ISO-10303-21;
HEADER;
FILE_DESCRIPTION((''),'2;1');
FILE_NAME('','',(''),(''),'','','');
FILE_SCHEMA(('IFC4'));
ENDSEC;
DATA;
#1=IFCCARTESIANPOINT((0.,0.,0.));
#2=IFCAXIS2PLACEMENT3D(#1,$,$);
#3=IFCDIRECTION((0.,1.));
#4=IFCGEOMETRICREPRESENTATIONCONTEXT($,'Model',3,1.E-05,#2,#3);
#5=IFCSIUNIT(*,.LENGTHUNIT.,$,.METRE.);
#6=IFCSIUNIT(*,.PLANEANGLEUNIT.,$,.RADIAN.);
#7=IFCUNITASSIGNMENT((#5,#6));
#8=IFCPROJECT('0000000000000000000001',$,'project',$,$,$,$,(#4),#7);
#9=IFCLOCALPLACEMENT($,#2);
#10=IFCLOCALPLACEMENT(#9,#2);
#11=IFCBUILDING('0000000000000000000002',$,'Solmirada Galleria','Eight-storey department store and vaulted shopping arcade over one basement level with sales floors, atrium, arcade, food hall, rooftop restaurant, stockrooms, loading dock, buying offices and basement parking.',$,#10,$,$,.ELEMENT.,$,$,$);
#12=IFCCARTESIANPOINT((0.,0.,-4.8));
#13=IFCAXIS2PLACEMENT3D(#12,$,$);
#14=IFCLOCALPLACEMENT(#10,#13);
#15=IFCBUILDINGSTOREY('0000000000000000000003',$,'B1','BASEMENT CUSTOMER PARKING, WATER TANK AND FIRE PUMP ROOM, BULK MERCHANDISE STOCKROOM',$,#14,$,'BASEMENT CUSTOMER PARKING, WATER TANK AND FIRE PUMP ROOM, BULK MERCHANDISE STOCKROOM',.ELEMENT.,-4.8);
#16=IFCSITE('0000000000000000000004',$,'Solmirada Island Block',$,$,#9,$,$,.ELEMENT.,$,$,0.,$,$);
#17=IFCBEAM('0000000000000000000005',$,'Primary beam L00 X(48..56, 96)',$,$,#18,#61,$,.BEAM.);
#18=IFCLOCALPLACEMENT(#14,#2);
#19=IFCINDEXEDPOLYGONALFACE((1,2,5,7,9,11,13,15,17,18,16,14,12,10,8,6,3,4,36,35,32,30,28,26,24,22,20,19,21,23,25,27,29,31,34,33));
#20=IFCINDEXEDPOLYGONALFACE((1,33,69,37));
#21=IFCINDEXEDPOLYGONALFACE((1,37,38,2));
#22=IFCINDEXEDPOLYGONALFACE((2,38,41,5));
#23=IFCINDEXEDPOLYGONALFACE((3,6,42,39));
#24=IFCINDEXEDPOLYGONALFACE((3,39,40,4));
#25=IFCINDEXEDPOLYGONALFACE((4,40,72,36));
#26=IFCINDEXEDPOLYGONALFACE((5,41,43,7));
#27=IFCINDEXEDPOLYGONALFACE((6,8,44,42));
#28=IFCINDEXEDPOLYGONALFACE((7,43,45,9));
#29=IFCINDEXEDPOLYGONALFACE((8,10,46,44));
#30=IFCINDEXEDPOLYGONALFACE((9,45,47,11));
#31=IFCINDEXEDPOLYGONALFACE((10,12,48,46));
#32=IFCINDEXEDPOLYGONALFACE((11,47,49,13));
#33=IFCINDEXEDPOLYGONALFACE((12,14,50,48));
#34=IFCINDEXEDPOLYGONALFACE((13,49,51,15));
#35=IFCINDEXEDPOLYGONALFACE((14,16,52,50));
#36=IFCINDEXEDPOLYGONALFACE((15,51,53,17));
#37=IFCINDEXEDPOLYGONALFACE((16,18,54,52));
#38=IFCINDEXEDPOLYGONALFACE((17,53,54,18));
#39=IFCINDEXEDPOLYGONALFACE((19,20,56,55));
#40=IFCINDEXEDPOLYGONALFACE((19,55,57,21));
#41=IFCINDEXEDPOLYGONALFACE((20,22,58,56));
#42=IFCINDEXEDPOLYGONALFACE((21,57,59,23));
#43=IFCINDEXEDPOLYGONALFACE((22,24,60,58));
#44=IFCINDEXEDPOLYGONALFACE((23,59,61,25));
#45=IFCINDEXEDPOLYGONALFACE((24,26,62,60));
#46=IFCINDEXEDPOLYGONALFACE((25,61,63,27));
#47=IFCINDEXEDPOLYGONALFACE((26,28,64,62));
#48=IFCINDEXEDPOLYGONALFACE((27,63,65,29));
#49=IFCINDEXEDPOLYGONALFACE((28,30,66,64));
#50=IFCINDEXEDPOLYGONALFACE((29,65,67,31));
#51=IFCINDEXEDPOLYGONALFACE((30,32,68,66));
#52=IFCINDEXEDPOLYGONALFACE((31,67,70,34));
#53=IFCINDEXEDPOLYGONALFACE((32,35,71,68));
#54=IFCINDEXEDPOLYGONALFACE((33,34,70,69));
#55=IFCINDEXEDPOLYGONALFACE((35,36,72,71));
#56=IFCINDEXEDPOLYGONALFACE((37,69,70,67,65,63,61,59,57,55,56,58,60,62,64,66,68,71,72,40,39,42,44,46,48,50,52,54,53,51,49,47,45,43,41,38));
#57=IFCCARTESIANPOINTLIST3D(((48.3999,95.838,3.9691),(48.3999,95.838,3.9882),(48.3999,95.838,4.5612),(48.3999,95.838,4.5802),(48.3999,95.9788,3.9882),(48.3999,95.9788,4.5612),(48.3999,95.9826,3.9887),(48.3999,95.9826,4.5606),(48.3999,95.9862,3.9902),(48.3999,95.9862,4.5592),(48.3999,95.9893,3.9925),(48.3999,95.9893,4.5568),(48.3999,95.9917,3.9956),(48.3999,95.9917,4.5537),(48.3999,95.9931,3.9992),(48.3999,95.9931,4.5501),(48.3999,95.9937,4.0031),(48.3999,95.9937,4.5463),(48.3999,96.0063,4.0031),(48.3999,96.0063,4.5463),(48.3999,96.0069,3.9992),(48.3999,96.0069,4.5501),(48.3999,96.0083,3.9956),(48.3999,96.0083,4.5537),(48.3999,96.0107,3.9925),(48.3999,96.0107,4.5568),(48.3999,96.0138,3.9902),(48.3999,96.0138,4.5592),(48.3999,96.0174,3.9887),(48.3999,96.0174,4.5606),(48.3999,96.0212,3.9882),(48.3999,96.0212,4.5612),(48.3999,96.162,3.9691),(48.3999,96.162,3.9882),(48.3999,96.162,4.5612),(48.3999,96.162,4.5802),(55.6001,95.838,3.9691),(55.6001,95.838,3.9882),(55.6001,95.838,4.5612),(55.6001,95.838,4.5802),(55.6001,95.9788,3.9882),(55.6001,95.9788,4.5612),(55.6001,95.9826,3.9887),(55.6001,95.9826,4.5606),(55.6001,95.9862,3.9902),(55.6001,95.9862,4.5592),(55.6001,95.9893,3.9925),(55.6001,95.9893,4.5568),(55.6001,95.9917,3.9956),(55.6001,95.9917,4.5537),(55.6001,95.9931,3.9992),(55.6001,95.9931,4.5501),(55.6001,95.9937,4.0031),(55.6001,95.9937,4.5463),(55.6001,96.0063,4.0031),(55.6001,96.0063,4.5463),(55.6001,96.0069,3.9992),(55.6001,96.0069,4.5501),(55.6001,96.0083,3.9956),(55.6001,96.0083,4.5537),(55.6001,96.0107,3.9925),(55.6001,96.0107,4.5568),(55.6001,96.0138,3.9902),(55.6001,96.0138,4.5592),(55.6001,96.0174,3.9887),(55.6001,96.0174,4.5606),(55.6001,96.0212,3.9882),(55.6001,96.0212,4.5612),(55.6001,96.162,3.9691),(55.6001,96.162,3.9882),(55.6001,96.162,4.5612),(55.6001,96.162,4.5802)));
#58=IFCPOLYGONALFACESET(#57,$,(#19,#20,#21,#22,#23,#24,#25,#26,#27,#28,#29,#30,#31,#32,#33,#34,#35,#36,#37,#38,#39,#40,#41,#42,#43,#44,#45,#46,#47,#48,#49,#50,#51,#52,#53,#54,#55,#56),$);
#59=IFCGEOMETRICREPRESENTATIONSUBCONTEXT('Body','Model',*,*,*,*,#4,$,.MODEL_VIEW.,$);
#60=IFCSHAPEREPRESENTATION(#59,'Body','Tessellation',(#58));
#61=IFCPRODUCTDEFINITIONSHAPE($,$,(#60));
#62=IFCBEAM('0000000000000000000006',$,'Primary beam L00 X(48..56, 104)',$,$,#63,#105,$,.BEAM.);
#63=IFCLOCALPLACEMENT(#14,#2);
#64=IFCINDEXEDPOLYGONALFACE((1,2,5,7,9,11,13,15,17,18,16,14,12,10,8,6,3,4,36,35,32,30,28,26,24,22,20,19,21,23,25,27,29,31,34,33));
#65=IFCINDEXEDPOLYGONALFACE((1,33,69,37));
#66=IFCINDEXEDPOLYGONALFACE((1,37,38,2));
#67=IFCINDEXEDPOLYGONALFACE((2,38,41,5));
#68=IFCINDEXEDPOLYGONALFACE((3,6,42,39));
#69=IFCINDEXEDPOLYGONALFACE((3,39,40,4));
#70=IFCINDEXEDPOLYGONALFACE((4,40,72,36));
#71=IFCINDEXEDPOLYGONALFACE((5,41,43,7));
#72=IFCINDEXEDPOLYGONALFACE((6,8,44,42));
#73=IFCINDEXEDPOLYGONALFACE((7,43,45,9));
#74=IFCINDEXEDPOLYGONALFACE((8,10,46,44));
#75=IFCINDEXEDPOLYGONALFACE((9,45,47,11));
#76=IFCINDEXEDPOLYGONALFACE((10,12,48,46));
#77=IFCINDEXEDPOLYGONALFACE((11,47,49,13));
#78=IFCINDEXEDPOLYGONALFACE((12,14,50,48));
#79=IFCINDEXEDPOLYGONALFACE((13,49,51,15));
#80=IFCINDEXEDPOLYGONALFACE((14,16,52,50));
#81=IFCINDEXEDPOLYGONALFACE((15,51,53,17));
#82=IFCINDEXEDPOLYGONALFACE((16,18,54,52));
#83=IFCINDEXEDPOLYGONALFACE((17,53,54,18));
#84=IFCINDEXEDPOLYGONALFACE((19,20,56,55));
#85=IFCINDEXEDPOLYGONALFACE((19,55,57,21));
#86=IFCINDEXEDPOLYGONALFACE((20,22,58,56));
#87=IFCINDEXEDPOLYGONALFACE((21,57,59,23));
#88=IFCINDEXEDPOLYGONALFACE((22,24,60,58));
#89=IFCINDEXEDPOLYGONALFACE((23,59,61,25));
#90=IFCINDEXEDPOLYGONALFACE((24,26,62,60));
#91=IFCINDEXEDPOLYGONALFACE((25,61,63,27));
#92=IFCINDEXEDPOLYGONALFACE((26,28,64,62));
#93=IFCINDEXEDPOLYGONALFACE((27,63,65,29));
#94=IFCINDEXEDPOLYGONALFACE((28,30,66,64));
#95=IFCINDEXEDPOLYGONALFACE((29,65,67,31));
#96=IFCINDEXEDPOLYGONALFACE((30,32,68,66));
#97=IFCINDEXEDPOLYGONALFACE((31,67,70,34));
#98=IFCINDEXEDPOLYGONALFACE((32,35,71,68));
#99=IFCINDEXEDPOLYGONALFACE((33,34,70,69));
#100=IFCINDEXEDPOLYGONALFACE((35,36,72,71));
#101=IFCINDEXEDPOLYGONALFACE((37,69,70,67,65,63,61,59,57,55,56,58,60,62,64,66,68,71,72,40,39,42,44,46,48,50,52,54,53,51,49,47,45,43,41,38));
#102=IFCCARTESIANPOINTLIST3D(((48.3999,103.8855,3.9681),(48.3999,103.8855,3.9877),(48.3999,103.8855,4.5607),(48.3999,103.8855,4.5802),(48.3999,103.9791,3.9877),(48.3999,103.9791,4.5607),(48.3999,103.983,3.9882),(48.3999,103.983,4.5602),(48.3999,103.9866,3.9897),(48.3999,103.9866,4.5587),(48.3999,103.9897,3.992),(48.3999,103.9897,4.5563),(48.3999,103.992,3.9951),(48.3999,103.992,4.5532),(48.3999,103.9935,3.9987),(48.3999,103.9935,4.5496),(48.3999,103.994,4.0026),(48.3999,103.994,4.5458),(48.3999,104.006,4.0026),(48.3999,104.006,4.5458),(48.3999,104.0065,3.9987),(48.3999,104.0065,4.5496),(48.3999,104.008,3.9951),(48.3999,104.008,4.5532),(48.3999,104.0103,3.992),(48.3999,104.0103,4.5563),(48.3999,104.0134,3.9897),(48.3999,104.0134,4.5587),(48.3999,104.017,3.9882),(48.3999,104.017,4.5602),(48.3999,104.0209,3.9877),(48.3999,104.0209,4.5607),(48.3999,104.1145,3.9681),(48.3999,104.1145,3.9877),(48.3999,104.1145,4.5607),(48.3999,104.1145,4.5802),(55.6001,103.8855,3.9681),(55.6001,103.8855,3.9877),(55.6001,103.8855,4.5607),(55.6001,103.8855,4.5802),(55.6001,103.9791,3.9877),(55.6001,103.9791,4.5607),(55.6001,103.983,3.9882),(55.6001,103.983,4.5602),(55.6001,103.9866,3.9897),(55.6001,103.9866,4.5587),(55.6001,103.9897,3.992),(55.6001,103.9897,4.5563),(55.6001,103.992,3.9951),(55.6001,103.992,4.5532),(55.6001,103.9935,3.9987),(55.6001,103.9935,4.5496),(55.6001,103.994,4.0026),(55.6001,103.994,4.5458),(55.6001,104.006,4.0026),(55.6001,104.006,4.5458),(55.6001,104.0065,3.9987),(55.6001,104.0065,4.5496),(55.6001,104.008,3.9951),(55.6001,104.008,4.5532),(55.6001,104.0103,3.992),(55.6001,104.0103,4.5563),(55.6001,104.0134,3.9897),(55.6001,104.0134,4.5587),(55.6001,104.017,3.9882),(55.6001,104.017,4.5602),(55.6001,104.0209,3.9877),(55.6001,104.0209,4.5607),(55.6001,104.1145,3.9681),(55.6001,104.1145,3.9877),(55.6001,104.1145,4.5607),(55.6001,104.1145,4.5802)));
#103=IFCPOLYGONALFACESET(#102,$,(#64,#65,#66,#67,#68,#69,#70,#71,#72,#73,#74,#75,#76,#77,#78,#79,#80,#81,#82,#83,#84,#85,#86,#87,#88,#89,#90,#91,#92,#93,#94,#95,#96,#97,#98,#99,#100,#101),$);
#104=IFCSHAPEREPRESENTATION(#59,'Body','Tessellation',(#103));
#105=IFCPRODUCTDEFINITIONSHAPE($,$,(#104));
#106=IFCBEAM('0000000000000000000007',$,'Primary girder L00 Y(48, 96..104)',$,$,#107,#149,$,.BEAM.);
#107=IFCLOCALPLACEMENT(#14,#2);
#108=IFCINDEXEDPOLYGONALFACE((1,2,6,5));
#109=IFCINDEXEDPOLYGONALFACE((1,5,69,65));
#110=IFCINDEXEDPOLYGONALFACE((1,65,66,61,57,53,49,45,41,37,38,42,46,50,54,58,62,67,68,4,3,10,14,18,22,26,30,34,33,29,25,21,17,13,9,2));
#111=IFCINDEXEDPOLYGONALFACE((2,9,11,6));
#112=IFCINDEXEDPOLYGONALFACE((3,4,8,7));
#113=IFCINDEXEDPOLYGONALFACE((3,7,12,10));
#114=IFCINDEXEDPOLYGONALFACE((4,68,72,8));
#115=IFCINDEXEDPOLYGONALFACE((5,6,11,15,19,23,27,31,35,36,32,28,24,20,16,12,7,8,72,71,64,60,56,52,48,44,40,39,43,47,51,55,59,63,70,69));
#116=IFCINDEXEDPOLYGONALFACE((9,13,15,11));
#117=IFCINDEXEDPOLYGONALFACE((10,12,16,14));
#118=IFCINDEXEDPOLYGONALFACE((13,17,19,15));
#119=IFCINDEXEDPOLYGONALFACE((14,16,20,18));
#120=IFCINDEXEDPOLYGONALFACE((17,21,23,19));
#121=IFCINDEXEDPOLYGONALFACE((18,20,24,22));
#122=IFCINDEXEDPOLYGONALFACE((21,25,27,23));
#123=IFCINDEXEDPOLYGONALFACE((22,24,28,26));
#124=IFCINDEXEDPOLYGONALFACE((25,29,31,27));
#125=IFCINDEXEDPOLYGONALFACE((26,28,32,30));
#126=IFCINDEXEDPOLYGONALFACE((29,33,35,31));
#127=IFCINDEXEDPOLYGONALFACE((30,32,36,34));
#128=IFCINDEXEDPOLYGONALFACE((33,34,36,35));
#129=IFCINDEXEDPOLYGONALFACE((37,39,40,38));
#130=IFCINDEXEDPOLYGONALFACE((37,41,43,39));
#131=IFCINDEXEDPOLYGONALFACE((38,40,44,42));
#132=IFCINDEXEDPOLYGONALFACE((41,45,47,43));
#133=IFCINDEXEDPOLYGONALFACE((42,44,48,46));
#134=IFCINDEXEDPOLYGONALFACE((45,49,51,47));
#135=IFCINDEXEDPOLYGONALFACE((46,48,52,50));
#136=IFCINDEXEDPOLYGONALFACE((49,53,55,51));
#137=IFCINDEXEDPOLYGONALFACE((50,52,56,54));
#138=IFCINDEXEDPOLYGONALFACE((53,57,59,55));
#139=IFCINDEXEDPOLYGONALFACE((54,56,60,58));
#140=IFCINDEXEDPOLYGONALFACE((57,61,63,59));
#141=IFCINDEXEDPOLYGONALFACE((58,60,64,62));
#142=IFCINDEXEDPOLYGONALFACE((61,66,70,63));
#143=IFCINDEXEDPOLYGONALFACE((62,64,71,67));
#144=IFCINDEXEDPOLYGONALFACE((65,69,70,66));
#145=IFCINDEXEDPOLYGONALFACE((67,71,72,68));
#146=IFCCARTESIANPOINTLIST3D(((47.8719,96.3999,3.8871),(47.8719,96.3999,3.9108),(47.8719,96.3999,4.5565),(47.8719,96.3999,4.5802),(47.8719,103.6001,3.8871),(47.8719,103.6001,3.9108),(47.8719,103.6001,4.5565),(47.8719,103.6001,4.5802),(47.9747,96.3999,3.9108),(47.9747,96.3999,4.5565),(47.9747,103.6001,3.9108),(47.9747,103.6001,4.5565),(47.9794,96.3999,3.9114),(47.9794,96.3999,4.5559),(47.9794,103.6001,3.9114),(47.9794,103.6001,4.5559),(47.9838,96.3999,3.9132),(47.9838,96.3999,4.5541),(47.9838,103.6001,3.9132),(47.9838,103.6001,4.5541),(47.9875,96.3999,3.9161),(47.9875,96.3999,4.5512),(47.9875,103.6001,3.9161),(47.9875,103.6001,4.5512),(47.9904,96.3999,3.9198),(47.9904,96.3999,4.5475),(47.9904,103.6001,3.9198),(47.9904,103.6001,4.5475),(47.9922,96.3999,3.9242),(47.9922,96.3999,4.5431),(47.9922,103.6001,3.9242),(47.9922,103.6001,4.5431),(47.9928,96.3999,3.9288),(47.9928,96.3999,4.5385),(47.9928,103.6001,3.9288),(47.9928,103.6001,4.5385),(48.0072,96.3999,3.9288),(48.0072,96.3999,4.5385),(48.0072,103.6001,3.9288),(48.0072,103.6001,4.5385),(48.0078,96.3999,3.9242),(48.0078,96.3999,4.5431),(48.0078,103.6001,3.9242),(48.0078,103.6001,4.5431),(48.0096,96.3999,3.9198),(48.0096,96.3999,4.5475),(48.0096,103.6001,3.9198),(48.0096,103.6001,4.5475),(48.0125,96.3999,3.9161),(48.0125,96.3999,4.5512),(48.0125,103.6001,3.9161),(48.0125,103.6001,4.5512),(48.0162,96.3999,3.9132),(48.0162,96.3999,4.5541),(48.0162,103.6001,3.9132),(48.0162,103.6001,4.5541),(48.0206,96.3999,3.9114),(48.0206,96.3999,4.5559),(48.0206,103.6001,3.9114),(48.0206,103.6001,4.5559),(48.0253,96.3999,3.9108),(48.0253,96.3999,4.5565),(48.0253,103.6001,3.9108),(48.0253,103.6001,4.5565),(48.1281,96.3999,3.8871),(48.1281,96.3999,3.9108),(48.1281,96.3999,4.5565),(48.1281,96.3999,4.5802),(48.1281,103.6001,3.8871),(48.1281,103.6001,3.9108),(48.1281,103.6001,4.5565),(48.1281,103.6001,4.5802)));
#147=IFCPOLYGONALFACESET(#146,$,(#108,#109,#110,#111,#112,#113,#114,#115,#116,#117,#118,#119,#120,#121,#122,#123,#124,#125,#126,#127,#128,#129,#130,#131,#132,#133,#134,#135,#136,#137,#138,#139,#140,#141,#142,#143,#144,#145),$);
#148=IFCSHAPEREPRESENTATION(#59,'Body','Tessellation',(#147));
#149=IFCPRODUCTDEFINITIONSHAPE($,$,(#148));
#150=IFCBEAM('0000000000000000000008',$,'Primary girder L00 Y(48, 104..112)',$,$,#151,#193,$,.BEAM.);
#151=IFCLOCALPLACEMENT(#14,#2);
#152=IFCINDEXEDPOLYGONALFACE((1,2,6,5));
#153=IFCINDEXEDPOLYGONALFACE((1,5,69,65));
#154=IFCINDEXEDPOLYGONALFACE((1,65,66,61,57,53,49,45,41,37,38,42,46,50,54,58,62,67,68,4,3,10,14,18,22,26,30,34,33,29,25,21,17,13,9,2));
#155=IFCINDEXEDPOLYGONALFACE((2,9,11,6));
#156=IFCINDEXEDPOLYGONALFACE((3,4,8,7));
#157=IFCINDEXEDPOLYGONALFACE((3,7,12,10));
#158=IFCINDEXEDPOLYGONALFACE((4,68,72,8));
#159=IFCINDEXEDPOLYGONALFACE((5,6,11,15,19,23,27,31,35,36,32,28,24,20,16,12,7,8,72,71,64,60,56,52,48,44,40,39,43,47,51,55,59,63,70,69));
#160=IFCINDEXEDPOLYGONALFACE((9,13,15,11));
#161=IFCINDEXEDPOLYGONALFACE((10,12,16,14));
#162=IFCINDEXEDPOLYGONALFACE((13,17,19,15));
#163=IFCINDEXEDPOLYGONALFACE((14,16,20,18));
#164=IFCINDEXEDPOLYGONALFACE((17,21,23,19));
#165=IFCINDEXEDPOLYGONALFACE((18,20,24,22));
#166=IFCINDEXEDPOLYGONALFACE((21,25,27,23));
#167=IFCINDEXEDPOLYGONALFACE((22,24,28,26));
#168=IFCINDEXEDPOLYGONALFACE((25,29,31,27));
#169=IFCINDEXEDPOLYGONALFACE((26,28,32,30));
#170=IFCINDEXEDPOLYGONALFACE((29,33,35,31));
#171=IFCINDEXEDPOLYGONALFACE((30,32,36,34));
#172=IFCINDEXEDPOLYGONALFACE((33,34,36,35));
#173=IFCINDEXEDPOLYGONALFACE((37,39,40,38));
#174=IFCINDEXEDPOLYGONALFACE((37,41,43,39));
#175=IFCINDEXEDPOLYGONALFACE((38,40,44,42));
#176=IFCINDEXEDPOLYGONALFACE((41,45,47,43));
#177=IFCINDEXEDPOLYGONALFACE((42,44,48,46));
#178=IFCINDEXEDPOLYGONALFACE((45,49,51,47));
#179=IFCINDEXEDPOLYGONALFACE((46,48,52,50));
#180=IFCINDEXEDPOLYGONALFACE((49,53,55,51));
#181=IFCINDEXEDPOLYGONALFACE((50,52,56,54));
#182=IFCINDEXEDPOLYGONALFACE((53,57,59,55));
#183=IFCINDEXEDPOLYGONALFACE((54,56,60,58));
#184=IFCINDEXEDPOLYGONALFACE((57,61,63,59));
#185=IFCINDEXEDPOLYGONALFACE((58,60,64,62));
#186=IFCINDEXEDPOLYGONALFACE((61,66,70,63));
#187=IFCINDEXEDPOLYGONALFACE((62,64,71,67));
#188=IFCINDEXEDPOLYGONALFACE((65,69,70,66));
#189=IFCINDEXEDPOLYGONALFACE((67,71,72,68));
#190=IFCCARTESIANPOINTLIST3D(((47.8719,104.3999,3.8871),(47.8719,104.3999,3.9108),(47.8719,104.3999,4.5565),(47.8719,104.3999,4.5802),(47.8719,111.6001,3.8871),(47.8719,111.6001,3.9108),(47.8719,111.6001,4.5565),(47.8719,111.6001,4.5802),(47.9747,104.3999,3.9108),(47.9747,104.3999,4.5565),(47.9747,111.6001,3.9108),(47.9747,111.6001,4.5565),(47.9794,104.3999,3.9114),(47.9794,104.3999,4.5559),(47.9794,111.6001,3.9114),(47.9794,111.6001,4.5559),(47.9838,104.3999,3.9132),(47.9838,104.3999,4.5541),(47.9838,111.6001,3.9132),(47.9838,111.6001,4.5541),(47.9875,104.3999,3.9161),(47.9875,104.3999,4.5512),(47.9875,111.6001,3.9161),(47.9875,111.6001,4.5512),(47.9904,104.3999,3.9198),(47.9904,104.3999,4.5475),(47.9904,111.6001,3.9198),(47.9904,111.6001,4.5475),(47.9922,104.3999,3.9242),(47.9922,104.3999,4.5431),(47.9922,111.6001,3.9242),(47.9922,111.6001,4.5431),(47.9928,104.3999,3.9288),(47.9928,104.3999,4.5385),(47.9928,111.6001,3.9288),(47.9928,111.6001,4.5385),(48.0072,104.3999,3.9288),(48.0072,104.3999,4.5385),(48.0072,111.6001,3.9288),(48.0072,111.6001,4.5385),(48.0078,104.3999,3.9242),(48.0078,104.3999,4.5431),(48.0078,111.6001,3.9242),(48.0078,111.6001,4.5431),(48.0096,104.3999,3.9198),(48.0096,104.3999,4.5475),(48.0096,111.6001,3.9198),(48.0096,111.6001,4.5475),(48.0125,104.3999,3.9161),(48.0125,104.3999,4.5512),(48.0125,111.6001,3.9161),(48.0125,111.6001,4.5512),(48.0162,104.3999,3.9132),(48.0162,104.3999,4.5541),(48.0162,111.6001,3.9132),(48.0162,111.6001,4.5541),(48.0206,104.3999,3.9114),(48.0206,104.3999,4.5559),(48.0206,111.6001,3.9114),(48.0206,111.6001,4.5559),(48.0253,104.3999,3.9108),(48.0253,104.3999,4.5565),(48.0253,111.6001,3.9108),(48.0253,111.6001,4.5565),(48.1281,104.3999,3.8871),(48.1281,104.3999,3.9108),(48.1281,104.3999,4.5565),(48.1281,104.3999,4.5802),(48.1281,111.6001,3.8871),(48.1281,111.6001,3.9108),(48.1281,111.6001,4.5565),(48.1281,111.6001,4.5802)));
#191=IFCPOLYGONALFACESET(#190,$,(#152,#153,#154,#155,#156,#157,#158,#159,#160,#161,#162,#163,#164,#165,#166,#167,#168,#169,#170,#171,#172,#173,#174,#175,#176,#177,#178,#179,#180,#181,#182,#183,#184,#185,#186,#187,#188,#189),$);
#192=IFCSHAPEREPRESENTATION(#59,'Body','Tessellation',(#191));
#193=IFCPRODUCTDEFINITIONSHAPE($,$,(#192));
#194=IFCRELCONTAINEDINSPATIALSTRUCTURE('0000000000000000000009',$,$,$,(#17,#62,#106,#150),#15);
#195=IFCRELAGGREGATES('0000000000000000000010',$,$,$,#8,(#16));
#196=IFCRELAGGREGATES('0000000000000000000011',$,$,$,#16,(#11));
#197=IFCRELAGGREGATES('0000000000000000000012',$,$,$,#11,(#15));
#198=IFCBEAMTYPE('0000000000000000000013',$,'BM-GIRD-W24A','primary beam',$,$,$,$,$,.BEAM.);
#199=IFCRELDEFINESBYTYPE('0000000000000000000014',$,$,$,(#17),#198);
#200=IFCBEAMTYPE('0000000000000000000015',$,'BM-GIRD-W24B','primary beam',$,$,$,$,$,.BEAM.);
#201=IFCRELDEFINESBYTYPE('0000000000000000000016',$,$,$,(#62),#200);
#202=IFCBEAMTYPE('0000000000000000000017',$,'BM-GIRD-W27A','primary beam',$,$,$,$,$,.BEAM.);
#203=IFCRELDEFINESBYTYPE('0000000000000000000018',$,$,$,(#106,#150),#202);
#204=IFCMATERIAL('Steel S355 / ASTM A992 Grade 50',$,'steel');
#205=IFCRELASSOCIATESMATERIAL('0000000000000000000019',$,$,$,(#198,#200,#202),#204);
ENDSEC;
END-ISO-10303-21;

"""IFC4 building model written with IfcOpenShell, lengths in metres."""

from ifc_helpers import new_model, si_unit, direction, frame, origin, origin_2d, place, context, subcontext, project, spatial, i_section, extrude, material, material_profile, profile_set, type_object, element, save


model = new_model("IFC4")

# Units and contexts
model_context = context("Model", 3, precision=1e-05, world=origin(), true_north=direction((0.0, 1.0)))
body_context = subcontext(model_context, "Body", "Model", "MODEL_VIEW")
ifc_project = project(units=[si_unit("LENGTHUNIT", "METRE"), si_unit("PLANEANGLEUNIT", "RADIAN")], contexts=[model_context])

# Site, building, storey
site_placement = place(None, origin())
site = spatial("IfcSite", under=ifc_project, at=site_placement, Name="Solmirada Island Block", CompositionType="ELEMENT", RefElevation=0.0)
building_placement = place(site_placement, origin())
building = spatial("IfcBuilding", under=site, at=building_placement, Name="Solmirada Galleria", Description="Eight-storey department store and vaulted shopping arcade over one basement level with sales floors, atrium, arcade, food hall, rooftop restaurant, stockrooms, loading dock, buying offices and basement parking.", CompositionType="ELEMENT")
storey_placement = place(building_placement, frame((0.0, 0.0, -4.8)))
storey = spatial("IfcBuildingStorey", under=building, at=storey_placement, Name="B1", Description="BASEMENT CUSTOMER PARKING, WATER TANK AND FIRE PUMP ROOM, BULK MERCHANDISE STOCKROOM", LongName="BASEMENT CUSTOMER PARKING, WATER TANK AND FIRE PUMP ROOM, BULK MERCHANDISE STOCKROOM", CompositionType="ELEMENT", Elevation=-4.8)

# Beams
ifc_material_1 = material(Name="Steel S355 / ASTM A992 Grade 50", Category="steel")
ifc_material_profile_1 = material_profile(ifc_material_1, i_section(OverallWidth=0.324, OverallDepth=0.6111, WebThickness=0.0127, FlangeThickness=0.019, FilletRadius=0.0149, at=origin_2d()), Name="W24X104")
ifc_profile_set_1 = profile_set([ifc_material_profile_1], Name="Steel S355 / ASTM A992 Grade 50")
beam_type_1 = type_object("IfcBeamType", Name="BM-GIRD-W24A", Description="primary beam", PredefinedType="BEAM", material=ifc_profile_set_1)
beam_1_placement = place(storey_placement, frame((48.3999, 96.0, 4.2747), z_axis=(1.0, 0.0, 0.0), x_axis=(0.0, 1.0, 0.0)))
element("IfcBeam", 1, at=beam_1_placement, inside=storey, type_object=beam_type_1, Name="Primary beam L00 X(48..56, 96)", PredefinedType="BEAM", context=body_context, shape_type="SweptSolid", body=[
    extrude(i_section(OverallWidth=0.324, OverallDepth=0.6111, WebThickness=0.0127, FlangeThickness=0.019, FilletRadius=0.0149, at=origin_2d()), origin(), (0.0, 0.0, 1.0), 7.2002),
])
ifc_material_profile_2 = material_profile(ifc_material_1, i_section(OverallWidth=0.229, OverallDepth=0.6121, WebThickness=0.012, FlangeThickness=0.0195, FilletRadius=0.0149, at=origin_2d()), Name="W24X84")
ifc_profile_set_2 = profile_set([ifc_material_profile_2], Name="Steel S355 / ASTM A992 Grade 50")
beam_type_2 = type_object("IfcBeamType", Name="BM-GIRD-W24B", Description="primary beam", PredefinedType="BEAM", material=ifc_profile_set_2)
beam_2_placement = place(storey_placement, frame((48.3999, 104.0, 4.2742), z_axis=(1.0, 0.0, 0.0), x_axis=(0.0, 1.0, 0.0)))
element("IfcBeam", 2, at=beam_2_placement, inside=storey, type_object=beam_type_2, Name="Primary beam L00 X(48..56, 104)", PredefinedType="BEAM", context=body_context, shape_type="SweptSolid", body=[
    extrude(i_section(OverallWidth=0.229, OverallDepth=0.6121, WebThickness=0.012, FlangeThickness=0.0195, FilletRadius=0.0149, at=origin_2d()), origin(), (0.0, 0.0, 1.0), 7.2002),
])
ifc_material_profile_3 = material_profile(ifc_material_1, i_section(OverallWidth=0.2561, OverallDepth=0.6931, WebThickness=0.0144, FlangeThickness=0.0237, FilletRadius=0.0181, at=origin_2d()), Name="W27X114")
ifc_profile_set_3 = profile_set([ifc_material_profile_3], Name="Steel S355 / ASTM A992 Grade 50")
beam_type_3 = type_object("IfcBeamType", Name="BM-GIRD-W27A", Description="primary beam", PredefinedType="BEAM", material=ifc_profile_set_3)
for number, where, z_axis, x_axis, name in (
    (3, (48.0, 96.3999, 4.2336), (0.0, 1.0, 0.0), (-1.0, 0.0, 0.0), "Primary girder L00 Y(48, 96..104)"),
    (4, (48.0, 104.3999, 4.2336), (0.0, 1.0, 0.0), (-1.0, 0.0, 0.0), "Primary girder L00 Y(48, 104..112)"),
):
    element("IfcBeam", number, at=place(storey_placement, frame(where, z_axis=z_axis, x_axis=x_axis)), inside=storey, type_object=beam_type_3, Name=name, PredefinedType="BEAM", context=body_context, shape_type="SweptSolid", body=[
        extrude(i_section(OverallWidth=0.2561, OverallDepth=0.6931, WebThickness=0.0144, FlangeThickness=0.0237, FilletRadius=0.0181, at=origin_2d()), origin(), (0.0, 0.0, 1.0), 7.2002),
    ])

save(model, "model.ifc")
